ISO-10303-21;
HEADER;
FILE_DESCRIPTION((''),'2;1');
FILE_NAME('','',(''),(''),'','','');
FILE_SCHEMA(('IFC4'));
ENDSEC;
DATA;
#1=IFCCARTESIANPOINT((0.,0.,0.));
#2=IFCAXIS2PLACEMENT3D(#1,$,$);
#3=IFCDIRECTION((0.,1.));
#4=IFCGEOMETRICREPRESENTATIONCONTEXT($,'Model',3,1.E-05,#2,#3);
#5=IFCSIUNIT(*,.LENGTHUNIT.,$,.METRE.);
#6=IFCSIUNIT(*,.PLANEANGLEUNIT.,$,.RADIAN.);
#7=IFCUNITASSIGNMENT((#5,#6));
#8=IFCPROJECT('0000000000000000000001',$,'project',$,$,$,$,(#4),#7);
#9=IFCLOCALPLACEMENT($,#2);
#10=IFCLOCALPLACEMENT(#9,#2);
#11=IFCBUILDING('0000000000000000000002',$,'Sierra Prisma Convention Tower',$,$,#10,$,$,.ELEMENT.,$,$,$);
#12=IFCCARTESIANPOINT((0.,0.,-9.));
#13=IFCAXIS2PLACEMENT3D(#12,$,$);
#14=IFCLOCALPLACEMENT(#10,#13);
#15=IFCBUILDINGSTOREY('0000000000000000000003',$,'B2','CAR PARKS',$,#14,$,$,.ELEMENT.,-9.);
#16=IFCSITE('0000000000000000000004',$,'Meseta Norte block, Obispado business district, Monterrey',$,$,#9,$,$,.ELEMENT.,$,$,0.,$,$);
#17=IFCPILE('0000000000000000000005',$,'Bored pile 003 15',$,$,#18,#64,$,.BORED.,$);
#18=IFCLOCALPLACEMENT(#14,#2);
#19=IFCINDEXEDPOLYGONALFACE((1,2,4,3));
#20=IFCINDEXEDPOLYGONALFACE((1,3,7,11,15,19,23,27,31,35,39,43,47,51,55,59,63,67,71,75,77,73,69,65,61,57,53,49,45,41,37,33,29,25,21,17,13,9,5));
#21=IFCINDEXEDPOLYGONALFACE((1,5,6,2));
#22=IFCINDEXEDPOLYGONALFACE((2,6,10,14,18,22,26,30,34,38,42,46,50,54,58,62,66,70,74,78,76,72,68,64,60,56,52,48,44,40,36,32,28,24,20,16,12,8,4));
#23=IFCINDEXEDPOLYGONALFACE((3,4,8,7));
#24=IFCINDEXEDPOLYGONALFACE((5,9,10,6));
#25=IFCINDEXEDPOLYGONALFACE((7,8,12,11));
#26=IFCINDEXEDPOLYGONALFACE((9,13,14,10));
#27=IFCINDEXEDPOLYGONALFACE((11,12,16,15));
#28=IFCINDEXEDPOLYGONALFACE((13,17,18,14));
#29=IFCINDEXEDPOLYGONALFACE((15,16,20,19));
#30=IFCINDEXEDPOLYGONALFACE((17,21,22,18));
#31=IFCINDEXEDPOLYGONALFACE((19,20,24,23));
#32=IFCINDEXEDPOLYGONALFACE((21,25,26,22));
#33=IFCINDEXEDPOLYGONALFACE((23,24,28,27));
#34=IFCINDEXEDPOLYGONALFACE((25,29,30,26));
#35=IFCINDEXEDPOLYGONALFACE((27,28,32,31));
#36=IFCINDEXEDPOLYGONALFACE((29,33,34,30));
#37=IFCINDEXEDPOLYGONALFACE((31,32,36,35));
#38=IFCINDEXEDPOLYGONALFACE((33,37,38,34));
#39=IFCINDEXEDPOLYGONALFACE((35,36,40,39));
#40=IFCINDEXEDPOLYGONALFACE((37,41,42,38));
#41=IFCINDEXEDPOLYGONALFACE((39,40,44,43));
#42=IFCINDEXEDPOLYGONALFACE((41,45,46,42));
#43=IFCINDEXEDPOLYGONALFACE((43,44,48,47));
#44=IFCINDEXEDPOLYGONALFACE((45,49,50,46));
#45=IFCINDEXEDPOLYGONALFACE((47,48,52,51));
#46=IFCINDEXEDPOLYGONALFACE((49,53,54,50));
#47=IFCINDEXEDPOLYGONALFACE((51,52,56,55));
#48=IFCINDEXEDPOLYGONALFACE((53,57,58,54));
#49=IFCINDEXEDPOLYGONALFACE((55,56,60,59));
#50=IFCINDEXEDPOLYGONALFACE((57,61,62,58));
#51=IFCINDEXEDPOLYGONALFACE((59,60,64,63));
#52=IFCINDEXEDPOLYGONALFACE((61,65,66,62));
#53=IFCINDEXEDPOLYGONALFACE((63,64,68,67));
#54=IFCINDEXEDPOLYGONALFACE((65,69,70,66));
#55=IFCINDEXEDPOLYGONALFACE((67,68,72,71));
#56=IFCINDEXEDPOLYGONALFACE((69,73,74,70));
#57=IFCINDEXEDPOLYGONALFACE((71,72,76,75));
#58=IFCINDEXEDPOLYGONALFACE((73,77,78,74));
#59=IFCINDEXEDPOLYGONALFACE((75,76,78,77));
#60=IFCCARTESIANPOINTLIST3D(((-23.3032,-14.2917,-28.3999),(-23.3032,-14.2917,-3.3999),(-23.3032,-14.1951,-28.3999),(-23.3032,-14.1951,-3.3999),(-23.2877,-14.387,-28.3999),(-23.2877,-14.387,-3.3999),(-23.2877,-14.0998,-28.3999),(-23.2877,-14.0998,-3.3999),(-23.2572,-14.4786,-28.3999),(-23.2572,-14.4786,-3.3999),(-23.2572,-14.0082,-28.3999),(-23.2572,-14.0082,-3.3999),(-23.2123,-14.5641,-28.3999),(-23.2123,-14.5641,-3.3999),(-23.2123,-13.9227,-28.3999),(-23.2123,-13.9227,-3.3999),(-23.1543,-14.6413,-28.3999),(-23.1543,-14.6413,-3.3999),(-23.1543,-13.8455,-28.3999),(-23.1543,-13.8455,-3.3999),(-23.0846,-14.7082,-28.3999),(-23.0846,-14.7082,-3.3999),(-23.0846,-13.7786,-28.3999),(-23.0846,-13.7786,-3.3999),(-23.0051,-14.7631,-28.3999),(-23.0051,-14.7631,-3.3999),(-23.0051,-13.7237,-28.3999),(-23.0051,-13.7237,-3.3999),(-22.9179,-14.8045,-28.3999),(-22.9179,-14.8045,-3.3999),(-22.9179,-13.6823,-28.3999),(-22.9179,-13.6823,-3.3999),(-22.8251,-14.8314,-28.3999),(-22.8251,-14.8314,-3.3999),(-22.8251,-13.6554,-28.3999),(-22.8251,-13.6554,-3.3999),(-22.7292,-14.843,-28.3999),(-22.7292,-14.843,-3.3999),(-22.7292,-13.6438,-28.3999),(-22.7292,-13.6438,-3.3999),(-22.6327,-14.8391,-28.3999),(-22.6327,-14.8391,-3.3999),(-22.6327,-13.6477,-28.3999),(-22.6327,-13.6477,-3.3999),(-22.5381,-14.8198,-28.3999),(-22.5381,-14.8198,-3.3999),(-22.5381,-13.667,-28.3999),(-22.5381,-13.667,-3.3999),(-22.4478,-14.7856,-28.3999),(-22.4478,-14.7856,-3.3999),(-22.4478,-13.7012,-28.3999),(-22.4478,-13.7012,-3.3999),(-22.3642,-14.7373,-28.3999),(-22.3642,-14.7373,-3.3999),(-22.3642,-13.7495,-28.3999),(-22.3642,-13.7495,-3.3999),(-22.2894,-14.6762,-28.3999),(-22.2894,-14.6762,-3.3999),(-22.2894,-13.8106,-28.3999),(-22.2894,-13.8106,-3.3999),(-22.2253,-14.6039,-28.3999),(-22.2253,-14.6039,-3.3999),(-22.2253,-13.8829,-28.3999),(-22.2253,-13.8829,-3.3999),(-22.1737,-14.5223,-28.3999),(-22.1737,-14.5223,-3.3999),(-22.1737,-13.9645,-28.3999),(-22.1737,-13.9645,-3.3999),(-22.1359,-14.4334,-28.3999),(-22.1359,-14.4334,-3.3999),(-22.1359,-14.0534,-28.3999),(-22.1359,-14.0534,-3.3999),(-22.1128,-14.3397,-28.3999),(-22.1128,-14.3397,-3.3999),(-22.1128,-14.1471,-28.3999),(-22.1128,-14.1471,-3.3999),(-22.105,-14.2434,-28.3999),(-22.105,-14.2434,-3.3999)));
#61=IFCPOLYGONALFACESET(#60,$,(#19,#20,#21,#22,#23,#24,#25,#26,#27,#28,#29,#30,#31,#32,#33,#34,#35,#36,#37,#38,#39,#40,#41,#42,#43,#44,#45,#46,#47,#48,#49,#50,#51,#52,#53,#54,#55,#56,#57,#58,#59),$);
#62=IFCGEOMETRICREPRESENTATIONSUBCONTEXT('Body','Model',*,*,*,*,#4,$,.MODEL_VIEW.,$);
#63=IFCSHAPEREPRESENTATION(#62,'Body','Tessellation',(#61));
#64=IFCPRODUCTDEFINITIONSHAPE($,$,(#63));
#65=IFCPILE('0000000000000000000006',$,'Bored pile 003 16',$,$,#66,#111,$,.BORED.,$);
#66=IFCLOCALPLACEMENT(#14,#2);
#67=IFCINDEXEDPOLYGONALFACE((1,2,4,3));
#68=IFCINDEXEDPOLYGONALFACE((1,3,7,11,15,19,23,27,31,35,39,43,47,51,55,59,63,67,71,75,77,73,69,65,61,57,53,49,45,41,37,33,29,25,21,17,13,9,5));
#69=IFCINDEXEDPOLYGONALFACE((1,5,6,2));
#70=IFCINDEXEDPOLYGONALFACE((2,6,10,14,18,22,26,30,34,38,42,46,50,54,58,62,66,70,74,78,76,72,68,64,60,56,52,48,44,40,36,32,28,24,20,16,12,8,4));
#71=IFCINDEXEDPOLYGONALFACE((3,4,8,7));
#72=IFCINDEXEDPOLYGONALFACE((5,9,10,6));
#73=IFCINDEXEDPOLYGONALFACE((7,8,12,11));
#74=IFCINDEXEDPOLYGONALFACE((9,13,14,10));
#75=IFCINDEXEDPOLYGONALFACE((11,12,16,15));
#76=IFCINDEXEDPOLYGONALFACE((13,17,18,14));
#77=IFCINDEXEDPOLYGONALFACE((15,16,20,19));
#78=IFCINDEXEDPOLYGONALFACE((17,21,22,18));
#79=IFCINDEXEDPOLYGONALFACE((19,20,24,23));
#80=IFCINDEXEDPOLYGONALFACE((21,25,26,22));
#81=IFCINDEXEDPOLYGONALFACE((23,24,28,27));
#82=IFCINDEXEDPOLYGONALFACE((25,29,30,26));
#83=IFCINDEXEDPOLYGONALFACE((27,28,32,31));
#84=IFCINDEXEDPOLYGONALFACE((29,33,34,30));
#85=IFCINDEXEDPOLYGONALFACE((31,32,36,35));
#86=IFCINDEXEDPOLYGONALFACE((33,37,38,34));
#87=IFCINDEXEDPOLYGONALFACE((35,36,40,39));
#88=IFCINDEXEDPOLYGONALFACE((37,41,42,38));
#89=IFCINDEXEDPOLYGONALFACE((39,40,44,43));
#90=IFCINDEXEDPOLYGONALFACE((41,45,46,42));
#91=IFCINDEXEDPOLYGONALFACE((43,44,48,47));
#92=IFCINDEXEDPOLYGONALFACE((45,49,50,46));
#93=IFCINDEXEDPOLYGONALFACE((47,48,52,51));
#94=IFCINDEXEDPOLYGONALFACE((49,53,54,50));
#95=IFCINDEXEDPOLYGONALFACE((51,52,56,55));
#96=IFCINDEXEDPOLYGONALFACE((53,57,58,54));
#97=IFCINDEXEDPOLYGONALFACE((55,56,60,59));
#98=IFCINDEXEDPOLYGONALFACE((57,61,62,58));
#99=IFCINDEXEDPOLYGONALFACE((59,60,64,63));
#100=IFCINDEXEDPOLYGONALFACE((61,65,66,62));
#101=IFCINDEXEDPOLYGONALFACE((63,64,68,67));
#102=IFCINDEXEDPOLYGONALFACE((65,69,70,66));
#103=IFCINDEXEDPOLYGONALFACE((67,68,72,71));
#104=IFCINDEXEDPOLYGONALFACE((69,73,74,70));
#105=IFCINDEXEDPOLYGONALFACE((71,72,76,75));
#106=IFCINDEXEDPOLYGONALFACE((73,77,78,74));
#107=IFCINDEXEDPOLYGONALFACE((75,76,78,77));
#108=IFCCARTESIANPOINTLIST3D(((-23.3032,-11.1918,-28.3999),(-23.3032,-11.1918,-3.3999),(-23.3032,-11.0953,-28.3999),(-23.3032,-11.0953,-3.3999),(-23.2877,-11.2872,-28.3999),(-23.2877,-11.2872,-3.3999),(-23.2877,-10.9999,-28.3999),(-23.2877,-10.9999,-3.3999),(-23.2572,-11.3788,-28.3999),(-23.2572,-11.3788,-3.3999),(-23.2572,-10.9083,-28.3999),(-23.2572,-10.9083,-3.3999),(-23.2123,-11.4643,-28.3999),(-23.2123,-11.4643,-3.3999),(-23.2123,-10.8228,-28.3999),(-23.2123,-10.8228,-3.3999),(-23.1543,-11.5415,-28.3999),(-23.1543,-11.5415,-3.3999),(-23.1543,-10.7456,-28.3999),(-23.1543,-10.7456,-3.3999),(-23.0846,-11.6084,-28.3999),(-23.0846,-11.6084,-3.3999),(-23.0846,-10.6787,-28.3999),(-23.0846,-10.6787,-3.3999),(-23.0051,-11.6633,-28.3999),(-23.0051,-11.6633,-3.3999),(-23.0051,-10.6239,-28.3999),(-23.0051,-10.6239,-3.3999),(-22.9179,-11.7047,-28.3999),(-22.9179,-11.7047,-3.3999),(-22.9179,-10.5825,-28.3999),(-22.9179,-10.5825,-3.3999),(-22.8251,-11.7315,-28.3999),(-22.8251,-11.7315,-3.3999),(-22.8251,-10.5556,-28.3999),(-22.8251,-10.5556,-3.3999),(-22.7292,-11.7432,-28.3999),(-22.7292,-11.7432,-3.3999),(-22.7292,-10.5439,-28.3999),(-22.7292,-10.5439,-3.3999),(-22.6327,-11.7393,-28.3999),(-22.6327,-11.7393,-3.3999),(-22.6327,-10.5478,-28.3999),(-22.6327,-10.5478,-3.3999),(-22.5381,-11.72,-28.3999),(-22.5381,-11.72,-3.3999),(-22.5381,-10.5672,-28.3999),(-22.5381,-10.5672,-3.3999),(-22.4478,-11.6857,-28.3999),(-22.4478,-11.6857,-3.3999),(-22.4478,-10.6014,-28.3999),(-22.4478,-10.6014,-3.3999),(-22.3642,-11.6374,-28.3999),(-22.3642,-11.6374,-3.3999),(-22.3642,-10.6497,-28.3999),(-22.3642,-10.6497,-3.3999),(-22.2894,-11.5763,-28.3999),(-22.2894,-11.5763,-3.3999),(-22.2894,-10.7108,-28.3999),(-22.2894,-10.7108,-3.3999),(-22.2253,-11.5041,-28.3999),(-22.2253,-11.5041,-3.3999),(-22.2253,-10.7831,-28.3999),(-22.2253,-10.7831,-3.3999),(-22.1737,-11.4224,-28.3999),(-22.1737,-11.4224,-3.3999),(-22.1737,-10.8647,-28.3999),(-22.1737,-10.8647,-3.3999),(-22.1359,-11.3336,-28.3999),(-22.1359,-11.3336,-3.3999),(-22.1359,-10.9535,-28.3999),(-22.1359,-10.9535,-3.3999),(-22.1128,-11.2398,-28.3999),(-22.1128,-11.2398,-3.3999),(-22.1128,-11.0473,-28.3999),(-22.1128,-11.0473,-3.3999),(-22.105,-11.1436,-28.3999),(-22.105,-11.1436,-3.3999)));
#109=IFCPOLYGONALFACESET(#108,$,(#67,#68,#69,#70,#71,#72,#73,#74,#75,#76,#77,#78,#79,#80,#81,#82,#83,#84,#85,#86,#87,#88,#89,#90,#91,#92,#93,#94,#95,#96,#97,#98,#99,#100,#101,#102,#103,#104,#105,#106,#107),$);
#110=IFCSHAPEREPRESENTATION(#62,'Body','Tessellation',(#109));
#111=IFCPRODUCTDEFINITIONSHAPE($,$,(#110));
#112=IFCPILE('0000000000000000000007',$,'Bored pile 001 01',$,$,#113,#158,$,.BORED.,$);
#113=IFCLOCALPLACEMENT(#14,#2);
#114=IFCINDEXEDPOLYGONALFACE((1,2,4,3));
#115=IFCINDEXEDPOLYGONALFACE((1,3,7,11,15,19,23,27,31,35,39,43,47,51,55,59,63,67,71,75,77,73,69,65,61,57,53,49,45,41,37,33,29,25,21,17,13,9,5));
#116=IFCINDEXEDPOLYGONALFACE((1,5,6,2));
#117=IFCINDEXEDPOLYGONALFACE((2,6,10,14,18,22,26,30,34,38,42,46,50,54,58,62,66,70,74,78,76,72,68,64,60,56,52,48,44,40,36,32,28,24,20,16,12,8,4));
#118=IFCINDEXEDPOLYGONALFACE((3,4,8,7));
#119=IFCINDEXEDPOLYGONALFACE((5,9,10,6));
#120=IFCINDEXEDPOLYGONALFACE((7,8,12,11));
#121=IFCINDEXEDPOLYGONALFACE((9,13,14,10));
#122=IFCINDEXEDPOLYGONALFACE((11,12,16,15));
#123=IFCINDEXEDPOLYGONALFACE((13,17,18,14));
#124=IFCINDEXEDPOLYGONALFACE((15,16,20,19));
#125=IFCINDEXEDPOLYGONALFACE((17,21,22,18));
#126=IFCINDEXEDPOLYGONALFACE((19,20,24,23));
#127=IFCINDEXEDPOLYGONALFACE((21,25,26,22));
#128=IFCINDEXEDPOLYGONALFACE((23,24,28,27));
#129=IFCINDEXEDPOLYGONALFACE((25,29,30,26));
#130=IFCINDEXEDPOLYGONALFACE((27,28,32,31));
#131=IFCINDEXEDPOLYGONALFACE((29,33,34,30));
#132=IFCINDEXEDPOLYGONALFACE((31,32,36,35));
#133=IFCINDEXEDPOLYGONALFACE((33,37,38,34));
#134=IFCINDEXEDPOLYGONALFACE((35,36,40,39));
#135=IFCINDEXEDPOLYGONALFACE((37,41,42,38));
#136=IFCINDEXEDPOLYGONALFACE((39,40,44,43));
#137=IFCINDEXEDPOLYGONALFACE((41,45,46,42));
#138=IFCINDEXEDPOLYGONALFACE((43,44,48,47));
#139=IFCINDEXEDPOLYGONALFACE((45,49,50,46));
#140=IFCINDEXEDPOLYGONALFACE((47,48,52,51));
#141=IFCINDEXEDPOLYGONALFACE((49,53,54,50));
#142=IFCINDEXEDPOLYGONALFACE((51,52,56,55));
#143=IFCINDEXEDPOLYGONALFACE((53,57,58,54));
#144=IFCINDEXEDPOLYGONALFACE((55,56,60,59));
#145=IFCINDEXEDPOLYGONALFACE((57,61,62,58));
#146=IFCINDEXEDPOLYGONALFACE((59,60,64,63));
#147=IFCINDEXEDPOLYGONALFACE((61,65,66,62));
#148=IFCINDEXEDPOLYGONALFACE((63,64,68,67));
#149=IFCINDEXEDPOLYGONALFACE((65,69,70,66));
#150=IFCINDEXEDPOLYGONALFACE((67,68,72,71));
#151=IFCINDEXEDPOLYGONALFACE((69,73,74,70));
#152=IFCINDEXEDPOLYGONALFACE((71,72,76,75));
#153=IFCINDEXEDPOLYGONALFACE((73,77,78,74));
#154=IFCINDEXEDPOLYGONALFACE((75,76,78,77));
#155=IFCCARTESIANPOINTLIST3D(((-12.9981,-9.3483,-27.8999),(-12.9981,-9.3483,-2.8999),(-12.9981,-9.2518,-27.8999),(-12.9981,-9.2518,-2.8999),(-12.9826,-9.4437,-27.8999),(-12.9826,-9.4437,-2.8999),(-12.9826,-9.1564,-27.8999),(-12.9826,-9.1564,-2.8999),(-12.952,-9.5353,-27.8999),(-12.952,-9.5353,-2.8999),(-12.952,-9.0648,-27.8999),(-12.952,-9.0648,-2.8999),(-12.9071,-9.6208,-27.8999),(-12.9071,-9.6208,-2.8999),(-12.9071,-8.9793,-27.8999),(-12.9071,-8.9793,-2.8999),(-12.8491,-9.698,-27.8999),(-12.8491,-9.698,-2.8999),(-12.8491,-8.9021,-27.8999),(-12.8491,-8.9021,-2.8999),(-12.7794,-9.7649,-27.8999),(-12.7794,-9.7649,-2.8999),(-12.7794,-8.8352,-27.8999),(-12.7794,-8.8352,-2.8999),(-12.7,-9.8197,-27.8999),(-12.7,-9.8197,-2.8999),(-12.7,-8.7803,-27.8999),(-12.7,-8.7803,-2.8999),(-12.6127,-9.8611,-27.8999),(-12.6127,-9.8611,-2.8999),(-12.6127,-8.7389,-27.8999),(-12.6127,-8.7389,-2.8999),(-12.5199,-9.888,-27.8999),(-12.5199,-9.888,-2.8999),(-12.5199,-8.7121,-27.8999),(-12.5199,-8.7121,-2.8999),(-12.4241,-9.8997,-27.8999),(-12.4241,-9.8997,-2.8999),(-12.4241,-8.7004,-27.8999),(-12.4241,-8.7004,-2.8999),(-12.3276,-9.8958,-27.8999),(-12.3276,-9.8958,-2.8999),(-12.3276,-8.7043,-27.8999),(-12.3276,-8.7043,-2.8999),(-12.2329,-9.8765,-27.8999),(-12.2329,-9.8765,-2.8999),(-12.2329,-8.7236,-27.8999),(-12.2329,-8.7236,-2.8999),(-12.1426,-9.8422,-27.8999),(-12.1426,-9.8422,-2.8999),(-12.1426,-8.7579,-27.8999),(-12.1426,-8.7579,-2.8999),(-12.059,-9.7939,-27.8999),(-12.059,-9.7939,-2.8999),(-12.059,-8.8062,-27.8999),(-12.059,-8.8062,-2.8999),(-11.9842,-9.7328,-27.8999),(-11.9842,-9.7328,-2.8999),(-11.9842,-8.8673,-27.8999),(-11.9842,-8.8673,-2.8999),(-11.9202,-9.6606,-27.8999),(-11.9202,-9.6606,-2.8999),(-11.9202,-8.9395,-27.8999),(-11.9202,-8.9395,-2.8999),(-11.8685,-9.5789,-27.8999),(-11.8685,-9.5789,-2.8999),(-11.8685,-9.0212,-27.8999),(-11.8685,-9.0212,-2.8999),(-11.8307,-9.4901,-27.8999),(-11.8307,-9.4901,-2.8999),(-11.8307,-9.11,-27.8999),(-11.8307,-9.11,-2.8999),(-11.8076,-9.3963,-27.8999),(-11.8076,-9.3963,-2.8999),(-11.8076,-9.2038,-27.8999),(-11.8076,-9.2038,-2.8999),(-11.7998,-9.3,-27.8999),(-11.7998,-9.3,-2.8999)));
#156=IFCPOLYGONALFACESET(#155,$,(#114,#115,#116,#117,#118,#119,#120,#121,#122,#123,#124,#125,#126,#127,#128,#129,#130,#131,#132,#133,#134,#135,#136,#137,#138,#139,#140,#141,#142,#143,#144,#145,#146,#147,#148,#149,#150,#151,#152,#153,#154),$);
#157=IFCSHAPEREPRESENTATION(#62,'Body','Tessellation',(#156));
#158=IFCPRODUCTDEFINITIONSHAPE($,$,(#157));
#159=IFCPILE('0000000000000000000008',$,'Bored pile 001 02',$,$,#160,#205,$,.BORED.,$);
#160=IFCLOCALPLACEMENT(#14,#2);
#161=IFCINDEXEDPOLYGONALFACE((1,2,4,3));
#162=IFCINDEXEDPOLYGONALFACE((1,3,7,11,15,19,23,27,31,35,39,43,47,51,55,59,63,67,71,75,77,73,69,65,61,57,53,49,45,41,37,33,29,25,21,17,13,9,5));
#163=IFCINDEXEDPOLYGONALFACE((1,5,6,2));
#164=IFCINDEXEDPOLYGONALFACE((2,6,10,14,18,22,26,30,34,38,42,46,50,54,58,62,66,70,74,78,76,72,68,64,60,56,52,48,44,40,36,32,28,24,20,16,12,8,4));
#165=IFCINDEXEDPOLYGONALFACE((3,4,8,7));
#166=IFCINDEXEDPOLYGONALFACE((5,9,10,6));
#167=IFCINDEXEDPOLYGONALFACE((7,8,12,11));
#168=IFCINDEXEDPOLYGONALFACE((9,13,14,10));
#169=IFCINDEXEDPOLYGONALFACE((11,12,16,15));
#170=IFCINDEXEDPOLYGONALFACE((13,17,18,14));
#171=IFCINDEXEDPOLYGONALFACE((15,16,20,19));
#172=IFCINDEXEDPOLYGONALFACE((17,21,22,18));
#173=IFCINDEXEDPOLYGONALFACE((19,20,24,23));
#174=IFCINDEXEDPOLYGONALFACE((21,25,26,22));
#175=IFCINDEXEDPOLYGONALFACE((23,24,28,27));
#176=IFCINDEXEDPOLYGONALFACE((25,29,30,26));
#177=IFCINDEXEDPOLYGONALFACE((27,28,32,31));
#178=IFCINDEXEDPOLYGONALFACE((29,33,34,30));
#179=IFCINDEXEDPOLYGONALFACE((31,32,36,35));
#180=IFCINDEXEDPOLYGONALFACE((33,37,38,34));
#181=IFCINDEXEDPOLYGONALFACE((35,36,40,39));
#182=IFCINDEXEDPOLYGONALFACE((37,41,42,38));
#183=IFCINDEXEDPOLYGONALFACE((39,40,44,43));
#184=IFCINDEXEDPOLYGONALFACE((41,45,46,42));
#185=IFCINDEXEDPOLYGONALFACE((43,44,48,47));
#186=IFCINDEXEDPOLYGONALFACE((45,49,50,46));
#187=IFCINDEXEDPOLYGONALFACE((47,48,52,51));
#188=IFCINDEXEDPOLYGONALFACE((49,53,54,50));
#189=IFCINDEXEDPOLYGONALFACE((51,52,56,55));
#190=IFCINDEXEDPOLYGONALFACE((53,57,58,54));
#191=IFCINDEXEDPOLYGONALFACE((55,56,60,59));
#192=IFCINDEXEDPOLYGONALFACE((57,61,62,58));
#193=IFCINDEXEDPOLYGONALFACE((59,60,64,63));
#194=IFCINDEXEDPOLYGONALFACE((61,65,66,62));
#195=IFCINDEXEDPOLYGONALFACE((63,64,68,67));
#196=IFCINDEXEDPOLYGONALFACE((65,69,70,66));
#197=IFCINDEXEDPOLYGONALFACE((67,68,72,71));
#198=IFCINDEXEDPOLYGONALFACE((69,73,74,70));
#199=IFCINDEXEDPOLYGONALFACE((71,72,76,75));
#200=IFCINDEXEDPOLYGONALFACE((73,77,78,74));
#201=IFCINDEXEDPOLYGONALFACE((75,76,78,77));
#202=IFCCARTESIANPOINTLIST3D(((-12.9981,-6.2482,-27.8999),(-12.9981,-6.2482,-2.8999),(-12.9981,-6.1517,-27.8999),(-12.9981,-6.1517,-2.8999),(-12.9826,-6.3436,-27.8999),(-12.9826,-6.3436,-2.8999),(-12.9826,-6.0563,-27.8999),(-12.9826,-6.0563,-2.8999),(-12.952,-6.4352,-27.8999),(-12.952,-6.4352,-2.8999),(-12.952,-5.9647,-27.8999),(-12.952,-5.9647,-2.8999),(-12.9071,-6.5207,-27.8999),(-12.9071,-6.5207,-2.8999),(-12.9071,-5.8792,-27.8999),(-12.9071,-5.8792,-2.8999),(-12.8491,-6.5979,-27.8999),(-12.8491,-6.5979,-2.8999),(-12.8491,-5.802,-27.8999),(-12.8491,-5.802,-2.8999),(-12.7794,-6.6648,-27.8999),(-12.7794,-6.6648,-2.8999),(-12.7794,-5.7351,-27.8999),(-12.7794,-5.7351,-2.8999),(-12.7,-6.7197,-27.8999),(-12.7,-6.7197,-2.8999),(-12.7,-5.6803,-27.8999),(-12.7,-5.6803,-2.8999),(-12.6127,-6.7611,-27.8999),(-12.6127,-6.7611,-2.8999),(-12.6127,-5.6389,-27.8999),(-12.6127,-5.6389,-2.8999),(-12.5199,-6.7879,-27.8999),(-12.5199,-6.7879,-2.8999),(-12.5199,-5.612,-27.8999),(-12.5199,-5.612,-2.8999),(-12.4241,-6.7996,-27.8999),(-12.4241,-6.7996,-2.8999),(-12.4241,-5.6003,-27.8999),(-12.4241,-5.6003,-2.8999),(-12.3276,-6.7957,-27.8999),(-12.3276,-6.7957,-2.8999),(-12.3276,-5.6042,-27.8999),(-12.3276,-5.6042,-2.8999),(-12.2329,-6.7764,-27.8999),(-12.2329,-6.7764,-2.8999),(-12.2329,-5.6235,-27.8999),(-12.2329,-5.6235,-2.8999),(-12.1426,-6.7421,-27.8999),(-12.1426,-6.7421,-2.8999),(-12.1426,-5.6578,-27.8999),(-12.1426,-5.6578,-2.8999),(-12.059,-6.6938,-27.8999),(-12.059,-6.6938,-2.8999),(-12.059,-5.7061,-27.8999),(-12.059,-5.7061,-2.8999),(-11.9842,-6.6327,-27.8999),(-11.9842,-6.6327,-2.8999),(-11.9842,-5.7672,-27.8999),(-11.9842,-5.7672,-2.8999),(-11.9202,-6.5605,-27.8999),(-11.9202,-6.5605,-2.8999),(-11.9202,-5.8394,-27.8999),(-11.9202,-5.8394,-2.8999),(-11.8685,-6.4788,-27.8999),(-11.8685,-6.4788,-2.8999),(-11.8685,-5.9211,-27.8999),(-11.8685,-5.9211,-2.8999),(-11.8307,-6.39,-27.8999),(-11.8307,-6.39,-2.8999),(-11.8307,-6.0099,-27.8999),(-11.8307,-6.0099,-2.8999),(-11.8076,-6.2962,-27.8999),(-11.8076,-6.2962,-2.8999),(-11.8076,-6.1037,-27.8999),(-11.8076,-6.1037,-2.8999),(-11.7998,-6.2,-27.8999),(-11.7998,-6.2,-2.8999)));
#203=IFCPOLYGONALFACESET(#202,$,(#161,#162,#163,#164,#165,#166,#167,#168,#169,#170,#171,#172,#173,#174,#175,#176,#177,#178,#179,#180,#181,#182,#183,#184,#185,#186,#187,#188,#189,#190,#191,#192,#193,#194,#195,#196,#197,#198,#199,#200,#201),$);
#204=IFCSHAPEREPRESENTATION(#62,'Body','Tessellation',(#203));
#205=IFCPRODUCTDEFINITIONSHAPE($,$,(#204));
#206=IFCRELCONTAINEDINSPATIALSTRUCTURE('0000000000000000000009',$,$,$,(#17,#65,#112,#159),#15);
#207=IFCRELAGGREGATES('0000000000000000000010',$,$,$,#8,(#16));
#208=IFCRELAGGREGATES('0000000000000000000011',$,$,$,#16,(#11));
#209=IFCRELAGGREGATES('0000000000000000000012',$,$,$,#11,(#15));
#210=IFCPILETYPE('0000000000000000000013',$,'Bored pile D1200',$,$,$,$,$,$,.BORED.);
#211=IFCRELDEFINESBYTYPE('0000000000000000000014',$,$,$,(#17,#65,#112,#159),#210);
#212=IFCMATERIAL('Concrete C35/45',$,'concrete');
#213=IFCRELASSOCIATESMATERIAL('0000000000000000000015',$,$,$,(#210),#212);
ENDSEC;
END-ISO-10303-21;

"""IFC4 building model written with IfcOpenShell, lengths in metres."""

from ifc_helpers import new_model, si_unit, direction, frame, origin, origin_2d, place, context, subcontext, project, spatial, circle, extrude, material, material_profile, profile_set, type_object, element, save


model = new_model("IFC4")

# Units and contexts
model_context = context("Model", 3, precision=1e-05, world=origin(), true_north=direction((0.0, 1.0)))
body_context = subcontext(model_context, "Body", "Model", "MODEL_VIEW")
ifc_project = project(units=[si_unit("LENGTHUNIT", "METRE"), si_unit("PLANEANGLEUNIT", "RADIAN")], contexts=[model_context])

# Site, building, storey
site_placement = place(None, origin())
site = spatial("IfcSite", under=ifc_project, at=site_placement, Name="Meseta Norte block, Obispado business district, Monterrey", CompositionType="ELEMENT", RefElevation=0.0)
building_placement = place(site_placement, origin())
building = spatial("IfcBuilding", under=site, at=building_placement, Name="Sierra Prisma Convention Tower", CompositionType="ELEMENT")
storey_placement = place(building_placement, frame((0.0, 0.0, -9.0)))
storey = spatial("IfcBuildingStorey", under=building, at=storey_placement, Name="B2", Description="CAR PARKS", CompositionType="ELEMENT", Elevation=-9.0)

# Piles
ifc_material_1 = material(Name="Concrete C35/45", Category="concrete")
ifc_material_profile_1 = material_profile(ifc_material_1, circle(Radius=0.6001, at=origin_2d()), Name="D1200")
ifc_profile_set_1 = profile_set([ifc_material_profile_1], Name="Concrete C35/45")
pile_type_1 = type_object("IfcPileType", Name="Bored pile D1200", PredefinedType="BORED", material=ifc_profile_set_1)
for number, where, z_axis, x_axis, name in (
    (1, (-22.7051, -14.2434, -3.3999), (0.0, 0.0, -1.0), (1.0, 0.0, 0.0), "Bored pile 003 15"),
    (2, (-22.7051, -11.1436, -3.3999), (0.0, 0.0, -1.0), (1.0, 0.0, 0.0), "Bored pile 003 16"),
    (3, (-12.3999, -9.3, -2.8999), (0.0, 0.0, -1.0), (1.0, 0.0, 0.0), "Bored pile 001 01"),
    (4, (-12.3999, -6.2, -2.8999), (0.0, 0.0, -1.0), (1.0, 0.0, 0.0), "Bored pile 001 02"),
):
    element("IfcPile", number, at=place(storey_placement, frame(where, z_axis=z_axis, x_axis=x_axis)), inside=storey, type_object=pile_type_1, Name=name, PredefinedType="BORED", context=body_context, shape_type="SweptSolid", body=[
        extrude(circle(Radius=0.6001, at=origin_2d()), origin(), (0.0, 0.0, 1.0), 25.0),
    ])

save(model, "model.ifc")
